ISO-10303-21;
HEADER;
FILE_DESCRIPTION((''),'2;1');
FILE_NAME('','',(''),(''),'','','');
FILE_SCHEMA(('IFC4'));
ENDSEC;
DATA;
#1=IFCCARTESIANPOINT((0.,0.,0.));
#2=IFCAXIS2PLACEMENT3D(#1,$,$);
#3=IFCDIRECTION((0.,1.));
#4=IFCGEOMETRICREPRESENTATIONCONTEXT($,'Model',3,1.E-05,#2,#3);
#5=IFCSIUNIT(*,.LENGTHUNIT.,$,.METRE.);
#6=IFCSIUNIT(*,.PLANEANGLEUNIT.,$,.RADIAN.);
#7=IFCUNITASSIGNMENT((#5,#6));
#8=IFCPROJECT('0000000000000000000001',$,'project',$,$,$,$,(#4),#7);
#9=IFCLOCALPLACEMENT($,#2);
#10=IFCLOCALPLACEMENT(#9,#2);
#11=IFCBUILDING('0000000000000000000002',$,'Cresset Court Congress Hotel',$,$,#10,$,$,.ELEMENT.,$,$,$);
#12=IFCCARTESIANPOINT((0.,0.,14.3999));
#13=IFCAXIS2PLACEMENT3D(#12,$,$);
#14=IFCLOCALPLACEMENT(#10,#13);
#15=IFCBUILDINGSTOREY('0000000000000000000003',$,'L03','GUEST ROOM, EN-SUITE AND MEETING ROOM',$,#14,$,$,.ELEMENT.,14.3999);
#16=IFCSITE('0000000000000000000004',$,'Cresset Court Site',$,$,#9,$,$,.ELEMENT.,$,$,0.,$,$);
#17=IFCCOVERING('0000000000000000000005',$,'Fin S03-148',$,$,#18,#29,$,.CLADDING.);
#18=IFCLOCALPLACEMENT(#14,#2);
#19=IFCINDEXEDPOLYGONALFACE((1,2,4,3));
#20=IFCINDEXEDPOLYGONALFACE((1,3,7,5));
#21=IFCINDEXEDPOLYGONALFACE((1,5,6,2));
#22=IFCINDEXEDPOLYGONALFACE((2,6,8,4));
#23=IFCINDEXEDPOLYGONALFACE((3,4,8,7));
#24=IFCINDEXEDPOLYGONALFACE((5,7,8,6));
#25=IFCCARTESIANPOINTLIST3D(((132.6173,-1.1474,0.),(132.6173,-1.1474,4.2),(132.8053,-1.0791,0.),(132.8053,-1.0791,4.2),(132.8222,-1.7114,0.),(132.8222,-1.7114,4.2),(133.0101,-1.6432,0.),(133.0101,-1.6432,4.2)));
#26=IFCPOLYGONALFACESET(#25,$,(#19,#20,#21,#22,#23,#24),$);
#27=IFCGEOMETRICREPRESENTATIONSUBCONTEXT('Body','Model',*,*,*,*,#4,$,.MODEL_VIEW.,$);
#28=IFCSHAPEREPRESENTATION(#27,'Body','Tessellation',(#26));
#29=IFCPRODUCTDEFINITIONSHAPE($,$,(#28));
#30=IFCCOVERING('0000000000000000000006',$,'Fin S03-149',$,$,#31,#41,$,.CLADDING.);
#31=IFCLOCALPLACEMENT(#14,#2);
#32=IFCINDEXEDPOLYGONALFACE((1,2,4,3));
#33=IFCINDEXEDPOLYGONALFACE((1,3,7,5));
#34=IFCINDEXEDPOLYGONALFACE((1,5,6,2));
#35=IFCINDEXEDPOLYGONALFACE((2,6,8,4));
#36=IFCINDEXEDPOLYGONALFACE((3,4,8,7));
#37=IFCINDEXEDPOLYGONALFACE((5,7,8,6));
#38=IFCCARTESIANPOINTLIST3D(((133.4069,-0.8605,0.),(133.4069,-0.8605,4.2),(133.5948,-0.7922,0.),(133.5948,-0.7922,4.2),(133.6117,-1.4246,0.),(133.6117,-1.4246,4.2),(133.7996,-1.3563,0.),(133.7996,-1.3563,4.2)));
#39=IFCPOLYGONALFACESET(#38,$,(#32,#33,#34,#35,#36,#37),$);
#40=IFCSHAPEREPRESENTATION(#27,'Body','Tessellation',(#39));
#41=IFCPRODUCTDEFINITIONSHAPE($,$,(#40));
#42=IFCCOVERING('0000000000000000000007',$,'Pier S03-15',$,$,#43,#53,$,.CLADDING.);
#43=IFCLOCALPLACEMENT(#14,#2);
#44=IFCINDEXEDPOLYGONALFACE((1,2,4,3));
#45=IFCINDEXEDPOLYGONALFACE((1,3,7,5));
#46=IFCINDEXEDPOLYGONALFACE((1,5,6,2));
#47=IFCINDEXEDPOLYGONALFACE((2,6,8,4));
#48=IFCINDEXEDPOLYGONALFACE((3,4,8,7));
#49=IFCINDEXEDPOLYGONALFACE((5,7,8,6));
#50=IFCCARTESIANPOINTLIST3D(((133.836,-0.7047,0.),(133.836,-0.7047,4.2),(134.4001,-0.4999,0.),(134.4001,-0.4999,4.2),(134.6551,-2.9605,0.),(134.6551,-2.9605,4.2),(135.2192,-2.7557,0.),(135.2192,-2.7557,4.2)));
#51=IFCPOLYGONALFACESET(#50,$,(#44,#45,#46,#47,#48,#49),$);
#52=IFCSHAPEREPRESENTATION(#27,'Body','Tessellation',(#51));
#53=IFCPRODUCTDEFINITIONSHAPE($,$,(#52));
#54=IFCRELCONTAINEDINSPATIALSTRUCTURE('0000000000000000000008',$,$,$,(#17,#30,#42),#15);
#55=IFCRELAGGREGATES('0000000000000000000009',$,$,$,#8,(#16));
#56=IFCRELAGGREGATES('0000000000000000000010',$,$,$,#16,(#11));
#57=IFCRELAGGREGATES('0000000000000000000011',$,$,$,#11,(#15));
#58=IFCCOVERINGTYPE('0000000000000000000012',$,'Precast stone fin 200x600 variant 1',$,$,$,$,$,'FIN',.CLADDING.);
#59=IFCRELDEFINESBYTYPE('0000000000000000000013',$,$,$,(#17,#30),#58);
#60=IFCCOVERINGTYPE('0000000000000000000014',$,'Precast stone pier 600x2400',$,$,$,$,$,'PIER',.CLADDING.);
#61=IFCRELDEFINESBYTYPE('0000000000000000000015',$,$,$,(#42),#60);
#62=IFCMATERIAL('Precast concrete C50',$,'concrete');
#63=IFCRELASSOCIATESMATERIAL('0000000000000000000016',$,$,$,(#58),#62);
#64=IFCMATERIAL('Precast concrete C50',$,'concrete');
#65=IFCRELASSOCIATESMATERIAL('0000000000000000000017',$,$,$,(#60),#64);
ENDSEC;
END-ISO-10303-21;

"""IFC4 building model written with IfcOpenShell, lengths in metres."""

from ifc_helpers import new_model, si_unit, direction, frame, origin, origin_2d, place, context, subcontext, project, spatial, rectangle, extrude, material, type_object, element, save


model = new_model("IFC4")

# Units and contexts
model_context = context("Model", 3, precision=1e-05, world=origin(), true_north=direction((0.0, 1.0)))
body_context = subcontext(model_context, "Body", "Model", "MODEL_VIEW")
ifc_project = project(units=[si_unit("LENGTHUNIT", "METRE"), si_unit("PLANEANGLEUNIT", "RADIAN")], contexts=[model_context])

# Site, building, storey
site_placement = place(None, origin())
site = spatial("IfcSite", under=ifc_project, at=site_placement, Name="Cresset Court Site", CompositionType="ELEMENT", RefElevation=0.0)
building_placement = place(site_placement, origin())
building = spatial("IfcBuilding", under=site, at=building_placement, Name="Cresset Court Congress Hotel", CompositionType="ELEMENT")
storey_placement = place(building_placement, frame((0.0, 0.0, 14.3999)))
storey = spatial("IfcBuildingStorey", under=building, at=storey_placement, Name="L03", Description="GUEST ROOM, EN-SUITE AND MEETING ROOM", CompositionType="ELEMENT", Elevation=14.3999)

# Coverings
ifc_material_1 = material(Name="Precast concrete C50", Category="concrete")
covering_type_1 = type_object("IfcCoveringType", Name="Precast stone fin 200x600 variant 1", ElementType="FIN", PredefinedType="CLADDING", material=ifc_material_1)
for number, where, z_axis, x_axis, name in (
    (1, (132.8137, -1.3953, 0.0), (0.0, 0.0, 1.0), (0.939957, 0.341293, 0.0), "Fin S03-148"),
    (2, (133.6033, -1.1084, 0.0), (0.0, 0.0, 1.0), (0.939957, 0.341293, 0.0), "Fin S03-149"),
):
    element("IfcCovering", number, at=place(storey_placement, frame(where, z_axis=z_axis, x_axis=x_axis)), inside=storey, type_object=covering_type_1, Name=name, PredefinedType="CLADDING", context=body_context, shape_type="SweptSolid", body=[
        extrude(rectangle(XDim=0.2, YDim=0.6001, at=origin_2d()), origin(), (0.0, 0.0, 1.0), 4.2),
    ])
ifc_material_2 = material(Name="Precast concrete C50", Category="concrete")
covering_type_2 = type_object("IfcCoveringType", Name="Precast stone pier 600x2400", ElementType="PIER", PredefinedType="CLADDING", material=ifc_material_2)
covering_placement = place(storey_placement, frame((134.5276, -1.7302, 0.0), z_axis=(0.0, 0.0, 1.0), x_axis=(0.939957, 0.341293, 0.0)))
element("IfcCovering", 3, at=covering_placement, inside=storey, type_object=covering_type_2, Name="Pier S03-15", PredefinedType="CLADDING", context=body_context, shape_type="SweptSolid", body=[
    extrude(rectangle(XDim=0.6001, YDim=2.3999, at=origin_2d()), origin(), (0.0, 0.0, 1.0), 4.2),
])

save(model, "model.ifc")
